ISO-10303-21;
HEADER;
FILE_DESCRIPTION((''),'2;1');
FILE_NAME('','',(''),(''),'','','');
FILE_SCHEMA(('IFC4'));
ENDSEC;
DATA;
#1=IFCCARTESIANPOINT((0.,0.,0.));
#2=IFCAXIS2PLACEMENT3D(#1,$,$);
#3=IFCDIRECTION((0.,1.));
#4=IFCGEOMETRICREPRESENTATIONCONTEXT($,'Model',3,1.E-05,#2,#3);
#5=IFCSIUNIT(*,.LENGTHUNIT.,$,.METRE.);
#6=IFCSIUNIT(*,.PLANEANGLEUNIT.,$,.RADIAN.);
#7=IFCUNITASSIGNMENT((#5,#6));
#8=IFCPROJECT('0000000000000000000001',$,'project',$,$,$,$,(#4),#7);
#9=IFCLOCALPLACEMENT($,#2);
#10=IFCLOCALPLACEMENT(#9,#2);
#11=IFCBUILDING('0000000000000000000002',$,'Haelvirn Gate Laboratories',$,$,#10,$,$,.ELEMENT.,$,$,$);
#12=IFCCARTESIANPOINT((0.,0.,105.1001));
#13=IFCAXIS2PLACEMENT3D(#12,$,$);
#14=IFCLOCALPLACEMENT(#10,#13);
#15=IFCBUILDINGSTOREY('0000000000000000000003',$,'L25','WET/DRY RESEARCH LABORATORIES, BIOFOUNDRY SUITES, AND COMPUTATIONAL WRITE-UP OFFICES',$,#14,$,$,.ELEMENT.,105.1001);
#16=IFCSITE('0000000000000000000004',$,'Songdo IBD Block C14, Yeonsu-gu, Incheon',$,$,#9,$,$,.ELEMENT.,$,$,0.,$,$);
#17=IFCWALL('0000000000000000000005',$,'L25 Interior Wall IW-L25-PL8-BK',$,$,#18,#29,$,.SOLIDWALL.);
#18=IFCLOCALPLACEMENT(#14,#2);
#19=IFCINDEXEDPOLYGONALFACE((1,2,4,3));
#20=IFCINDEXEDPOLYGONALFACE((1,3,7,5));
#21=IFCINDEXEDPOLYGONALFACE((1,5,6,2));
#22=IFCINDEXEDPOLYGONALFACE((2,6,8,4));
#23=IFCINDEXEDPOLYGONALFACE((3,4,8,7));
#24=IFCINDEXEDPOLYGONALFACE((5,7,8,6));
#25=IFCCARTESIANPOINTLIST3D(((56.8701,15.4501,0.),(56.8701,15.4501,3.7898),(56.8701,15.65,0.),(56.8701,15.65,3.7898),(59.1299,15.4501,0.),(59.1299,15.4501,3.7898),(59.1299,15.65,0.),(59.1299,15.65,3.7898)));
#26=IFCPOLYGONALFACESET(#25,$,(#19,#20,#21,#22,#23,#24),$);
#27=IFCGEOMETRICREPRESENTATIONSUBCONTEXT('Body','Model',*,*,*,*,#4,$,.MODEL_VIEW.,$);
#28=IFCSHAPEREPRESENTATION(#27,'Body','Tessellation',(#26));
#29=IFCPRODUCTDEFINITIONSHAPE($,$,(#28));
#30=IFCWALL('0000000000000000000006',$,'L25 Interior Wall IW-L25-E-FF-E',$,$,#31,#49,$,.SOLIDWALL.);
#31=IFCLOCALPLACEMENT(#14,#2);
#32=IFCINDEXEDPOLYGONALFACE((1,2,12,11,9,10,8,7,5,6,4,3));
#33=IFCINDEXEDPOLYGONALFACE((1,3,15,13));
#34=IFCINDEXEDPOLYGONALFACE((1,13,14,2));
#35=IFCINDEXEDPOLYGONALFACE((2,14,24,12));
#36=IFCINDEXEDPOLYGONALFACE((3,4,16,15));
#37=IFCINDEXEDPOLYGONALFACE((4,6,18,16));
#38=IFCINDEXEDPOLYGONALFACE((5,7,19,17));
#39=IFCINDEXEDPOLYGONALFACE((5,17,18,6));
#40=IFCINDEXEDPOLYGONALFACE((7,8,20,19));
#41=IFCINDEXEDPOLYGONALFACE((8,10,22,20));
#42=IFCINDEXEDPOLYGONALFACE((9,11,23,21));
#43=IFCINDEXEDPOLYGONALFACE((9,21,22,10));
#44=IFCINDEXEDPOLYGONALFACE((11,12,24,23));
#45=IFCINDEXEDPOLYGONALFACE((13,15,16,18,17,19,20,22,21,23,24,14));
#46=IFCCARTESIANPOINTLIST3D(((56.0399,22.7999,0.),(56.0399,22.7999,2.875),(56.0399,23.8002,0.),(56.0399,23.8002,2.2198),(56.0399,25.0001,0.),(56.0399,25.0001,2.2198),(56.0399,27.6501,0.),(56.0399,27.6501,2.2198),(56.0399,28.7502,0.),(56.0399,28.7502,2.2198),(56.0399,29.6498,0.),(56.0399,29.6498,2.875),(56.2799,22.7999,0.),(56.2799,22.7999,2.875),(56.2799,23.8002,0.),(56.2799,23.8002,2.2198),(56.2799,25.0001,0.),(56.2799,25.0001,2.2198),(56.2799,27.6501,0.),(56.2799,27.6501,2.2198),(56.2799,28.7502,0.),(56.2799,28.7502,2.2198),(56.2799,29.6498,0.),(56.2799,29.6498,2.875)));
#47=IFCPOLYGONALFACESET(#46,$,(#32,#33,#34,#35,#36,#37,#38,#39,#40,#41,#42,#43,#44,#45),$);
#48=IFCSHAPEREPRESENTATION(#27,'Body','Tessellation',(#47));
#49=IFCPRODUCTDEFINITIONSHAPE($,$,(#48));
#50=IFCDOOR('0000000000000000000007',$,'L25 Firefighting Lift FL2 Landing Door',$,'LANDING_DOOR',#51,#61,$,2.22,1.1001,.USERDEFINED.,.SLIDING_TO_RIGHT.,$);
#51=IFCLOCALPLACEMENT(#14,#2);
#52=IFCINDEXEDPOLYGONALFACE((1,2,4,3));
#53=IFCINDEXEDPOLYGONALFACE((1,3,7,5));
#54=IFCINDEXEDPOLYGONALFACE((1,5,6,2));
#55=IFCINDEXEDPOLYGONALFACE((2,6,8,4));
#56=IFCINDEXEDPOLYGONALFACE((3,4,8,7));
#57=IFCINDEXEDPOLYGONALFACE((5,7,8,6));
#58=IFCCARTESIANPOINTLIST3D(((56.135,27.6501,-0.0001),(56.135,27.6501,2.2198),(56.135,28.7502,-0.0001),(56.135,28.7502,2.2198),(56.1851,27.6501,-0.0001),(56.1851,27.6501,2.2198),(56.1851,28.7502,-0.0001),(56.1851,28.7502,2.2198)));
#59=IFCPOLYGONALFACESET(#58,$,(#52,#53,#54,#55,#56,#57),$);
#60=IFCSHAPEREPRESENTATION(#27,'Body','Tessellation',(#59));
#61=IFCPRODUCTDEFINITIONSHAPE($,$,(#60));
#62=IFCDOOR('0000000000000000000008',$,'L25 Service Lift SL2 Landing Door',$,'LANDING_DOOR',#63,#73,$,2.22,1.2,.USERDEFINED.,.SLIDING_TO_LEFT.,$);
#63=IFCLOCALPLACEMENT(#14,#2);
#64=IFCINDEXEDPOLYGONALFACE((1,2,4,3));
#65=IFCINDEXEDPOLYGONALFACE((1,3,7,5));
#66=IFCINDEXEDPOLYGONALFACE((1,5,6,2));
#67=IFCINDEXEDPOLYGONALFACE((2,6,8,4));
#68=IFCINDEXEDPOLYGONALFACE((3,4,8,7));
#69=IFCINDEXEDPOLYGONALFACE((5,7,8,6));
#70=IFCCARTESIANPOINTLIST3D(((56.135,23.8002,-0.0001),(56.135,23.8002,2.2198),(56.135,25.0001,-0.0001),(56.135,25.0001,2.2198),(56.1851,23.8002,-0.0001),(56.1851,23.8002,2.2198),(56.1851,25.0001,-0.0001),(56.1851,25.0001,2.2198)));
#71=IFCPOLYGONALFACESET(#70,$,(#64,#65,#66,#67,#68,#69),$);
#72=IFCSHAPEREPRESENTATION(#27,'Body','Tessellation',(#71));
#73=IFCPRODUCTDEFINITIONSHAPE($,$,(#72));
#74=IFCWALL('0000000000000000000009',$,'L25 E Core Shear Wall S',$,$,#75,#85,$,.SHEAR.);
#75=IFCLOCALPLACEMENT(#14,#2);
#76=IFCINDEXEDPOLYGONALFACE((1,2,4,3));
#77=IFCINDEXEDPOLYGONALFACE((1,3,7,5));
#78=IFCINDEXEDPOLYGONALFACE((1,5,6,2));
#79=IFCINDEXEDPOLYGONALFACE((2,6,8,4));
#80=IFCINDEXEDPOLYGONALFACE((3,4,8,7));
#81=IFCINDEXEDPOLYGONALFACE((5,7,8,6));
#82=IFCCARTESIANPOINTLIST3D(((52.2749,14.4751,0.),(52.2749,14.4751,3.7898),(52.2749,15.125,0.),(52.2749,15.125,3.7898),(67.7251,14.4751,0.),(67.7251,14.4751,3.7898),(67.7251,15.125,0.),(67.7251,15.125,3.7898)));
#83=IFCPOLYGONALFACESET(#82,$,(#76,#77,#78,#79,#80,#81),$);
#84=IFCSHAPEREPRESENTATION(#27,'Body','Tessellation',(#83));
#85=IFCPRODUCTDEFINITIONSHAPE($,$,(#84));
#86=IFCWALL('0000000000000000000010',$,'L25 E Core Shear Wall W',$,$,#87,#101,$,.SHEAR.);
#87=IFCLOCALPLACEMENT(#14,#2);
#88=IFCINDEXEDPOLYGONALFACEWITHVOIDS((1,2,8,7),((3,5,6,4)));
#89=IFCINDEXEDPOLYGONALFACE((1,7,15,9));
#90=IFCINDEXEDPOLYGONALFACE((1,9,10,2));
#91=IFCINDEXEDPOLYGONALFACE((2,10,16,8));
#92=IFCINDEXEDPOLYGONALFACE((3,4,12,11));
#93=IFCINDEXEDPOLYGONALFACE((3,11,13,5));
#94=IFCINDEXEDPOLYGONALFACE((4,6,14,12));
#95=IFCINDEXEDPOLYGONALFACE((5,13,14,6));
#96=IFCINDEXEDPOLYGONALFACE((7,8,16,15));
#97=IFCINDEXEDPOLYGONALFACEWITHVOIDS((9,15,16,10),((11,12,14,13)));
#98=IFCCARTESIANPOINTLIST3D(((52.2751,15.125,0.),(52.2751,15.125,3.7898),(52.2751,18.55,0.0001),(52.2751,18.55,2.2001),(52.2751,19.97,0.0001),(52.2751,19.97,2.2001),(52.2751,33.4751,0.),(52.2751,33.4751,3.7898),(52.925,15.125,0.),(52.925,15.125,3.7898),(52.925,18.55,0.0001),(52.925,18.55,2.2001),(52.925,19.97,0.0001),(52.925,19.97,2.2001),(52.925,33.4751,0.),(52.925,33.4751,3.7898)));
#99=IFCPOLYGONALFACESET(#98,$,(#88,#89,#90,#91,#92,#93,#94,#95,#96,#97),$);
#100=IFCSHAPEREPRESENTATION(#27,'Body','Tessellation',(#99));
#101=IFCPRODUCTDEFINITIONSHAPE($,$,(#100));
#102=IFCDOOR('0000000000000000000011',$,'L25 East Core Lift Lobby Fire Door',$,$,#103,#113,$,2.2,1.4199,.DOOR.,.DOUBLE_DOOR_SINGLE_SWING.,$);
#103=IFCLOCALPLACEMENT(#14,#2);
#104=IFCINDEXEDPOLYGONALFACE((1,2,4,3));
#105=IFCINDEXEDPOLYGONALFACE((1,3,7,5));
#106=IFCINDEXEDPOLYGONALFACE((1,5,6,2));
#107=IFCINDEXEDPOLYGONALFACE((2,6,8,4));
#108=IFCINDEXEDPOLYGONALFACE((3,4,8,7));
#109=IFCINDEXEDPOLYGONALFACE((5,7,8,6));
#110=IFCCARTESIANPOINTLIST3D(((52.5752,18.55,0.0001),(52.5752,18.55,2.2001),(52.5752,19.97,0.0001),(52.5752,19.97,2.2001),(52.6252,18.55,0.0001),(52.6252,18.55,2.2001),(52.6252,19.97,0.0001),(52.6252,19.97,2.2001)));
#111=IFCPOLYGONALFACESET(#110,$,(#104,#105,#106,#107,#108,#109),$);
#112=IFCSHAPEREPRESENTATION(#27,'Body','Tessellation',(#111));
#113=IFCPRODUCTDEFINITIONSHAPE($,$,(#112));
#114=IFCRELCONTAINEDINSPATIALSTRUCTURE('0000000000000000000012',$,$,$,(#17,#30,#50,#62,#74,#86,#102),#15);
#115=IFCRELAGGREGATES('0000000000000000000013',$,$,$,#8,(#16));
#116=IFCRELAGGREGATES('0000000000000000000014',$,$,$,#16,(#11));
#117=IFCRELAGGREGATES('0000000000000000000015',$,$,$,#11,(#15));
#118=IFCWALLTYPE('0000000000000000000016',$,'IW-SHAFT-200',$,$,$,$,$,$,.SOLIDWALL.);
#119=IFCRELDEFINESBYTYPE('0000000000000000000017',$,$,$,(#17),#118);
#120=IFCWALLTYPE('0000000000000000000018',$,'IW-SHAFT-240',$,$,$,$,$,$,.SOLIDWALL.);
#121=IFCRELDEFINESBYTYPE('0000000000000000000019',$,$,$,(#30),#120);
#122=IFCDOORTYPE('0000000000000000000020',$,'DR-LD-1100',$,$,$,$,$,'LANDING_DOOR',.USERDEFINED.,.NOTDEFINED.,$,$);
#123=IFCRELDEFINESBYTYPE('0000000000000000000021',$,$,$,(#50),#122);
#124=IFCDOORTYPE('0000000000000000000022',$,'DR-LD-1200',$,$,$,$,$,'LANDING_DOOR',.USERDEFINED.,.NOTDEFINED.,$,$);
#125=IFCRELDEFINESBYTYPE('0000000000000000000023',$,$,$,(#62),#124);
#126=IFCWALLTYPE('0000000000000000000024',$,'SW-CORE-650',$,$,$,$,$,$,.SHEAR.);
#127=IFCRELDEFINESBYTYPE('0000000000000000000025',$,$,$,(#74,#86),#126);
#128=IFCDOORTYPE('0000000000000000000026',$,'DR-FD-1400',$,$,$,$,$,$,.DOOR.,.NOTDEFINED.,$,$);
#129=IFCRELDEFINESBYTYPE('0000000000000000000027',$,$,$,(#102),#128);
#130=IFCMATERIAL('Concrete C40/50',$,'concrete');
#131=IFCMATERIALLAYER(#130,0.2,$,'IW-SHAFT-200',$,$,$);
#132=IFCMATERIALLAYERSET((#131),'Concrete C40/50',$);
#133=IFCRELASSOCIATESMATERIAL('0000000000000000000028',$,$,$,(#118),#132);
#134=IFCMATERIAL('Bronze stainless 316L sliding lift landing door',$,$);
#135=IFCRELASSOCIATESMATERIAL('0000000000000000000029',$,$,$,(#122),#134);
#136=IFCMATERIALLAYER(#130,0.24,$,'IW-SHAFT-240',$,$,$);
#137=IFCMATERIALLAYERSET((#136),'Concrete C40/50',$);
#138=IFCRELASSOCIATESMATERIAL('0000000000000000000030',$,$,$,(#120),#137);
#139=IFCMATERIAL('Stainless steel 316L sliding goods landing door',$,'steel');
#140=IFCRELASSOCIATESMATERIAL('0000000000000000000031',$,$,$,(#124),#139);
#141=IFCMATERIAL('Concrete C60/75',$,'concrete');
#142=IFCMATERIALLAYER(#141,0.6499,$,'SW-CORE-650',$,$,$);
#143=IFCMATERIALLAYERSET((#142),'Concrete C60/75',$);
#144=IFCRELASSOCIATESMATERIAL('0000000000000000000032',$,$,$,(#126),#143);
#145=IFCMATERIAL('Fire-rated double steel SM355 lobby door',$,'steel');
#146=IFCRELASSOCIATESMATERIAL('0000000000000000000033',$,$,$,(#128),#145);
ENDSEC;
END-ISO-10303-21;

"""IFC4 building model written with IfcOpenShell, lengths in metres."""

from ifc_helpers import new_model, si_unit, direction, frame, frame_2d, origin, place, context, subcontext, project, spatial, rectangle, extrude, source, transform, mapped, material, layer, layer_set, type_object, type_shapes, element, fill, save


model = new_model("IFC4")

# Units and contexts
model_context = context("Model", 3, precision=1e-05, world=origin(), true_north=direction((0.0, 1.0)))
body_context = subcontext(model_context, "Body", "Model", "MODEL_VIEW")
ifc_project = project(units=[si_unit("LENGTHUNIT", "METRE"), si_unit("PLANEANGLEUNIT", "RADIAN")], contexts=[model_context])

# Site, building, storey
site_placement = place(None, origin())
site = spatial("IfcSite", under=ifc_project, at=site_placement, Name="Songdo IBD Block C14, Yeonsu-gu, Incheon", CompositionType="ELEMENT", RefElevation=0.0)
building_placement = place(site_placement, origin())
building = spatial("IfcBuilding", under=site, at=building_placement, Name="Haelvirn Gate Laboratories", CompositionType="ELEMENT")
storey_placement = place(building_placement, frame((0.0, 0.0, 105.1001)))
storey = spatial("IfcBuildingStorey", under=building, at=storey_placement, Name="L25", Description="WET/DRY RESEARCH LABORATORIES, BIOFOUNDRY SUITES, AND COMPUTATIONAL WRITE-UP OFFICES", CompositionType="ELEMENT", Elevation=105.1001)

# Shared definitions
ifc_material_1 = material(Name="Concrete C60/75", Category="concrete")

# Shared definitions
ifc_material_2 = material(Name="Concrete C40/50", Category="concrete")

# Shared definitions
ifc_layer_1 = layer(ifc_material_2, 0.2, Name="IW-SHAFT-200")
ifc_layer_set_1 = layer_set([ifc_layer_1], Name="Concrete C40/50")
wall_type_1 = type_object("IfcWallType", Name="IW-SHAFT-200", PredefinedType="SOLIDWALL", material=ifc_layer_set_1)
ifc_material_3 = material(Name="Bronze stainless 316L sliding lift landing door")
door_type_1 = type_object("IfcDoorType", Name="DR-LD-1100", ElementType="LANDING_DOOR", OperationType="NOTDEFINED", PredefinedType="USERDEFINED", material=ifc_material_3)
shared_shape_1 = source(origin(), body_context, "Body", "SweptSolid", [
    extrude(rectangle(XDim=1.1001, YDim=2.22, at=frame_2d((0.55, 1.1099))), frame((0.0, 0.0249, 0.0), z_axis=(0.0, -1.0, 0.0), x_axis=(1.0, 0.0, 0.0)), (0.0, 0.0, 1.0), 0.05),
])
type_shapes(door_type_1, [shared_shape_1])

# Wall
wall_1_placement = place(storey_placement, frame((56.8701, 15.55, 0.0), z_axis=(0.0, 0.0, 1.0), x_axis=(1.0, 0.0, 0.0)))
element("IfcWall", 1, at=wall_1_placement, inside=storey, type_object=wall_type_1, Name="L25 Interior Wall IW-L25-PL8-BK", PredefinedType="SOLIDWALL", context=body_context, shape_type="SweptSolid", body=[
    extrude(rectangle(XDim=2.2598, YDim=0.2, at=frame_2d((1.1299, 0.0))), origin(), (0.0, 0.0, 1.0), 3.7898),
])

# Wall, openings, doors
ifc_layer_2 = layer(ifc_material_2, 0.24, Name="IW-SHAFT-240")
ifc_layer_set_2 = layer_set([ifc_layer_2], Name="Concrete C40/50")
wall_type_2 = type_object("IfcWallType", Name="IW-SHAFT-240", PredefinedType="SOLIDWALL", material=ifc_layer_set_2)
wall_2_placement = place(storey_placement, frame((56.1599, 22.8, 0.0), z_axis=(0.0, 0.0, 1.0), x_axis=(0.0, 1.0, 0.0)))
wall_2 = element("IfcWall", 2, at=wall_2_placement, inside=storey, type_object=wall_type_2, Name="L25 Interior Wall IW-L25-E-FF-E", PredefinedType="SOLIDWALL", context=body_context, shape_type="SweptSolid", body=[
    extrude(rectangle(XDim=6.8499, YDim=0.24, at=frame_2d((3.4248, 0.0))), origin(), (0.0, 0.0, 1.0), 2.875),
])
opening_1_placement = place(wall_2_placement, frame((4.8501, 0.0, 0.0)))
opening_1 = element("IfcOpeningElement", 3, at=opening_1_placement, cuts=wall_2, PredefinedType="OPENING", context=body_context, shape_type="SweptSolid", body=[
    extrude(rectangle(XDim=1.1001, YDim=2.22, at=frame_2d((0.55, 1.1099))), frame((0.0, 0.1299, 0.0), z_axis=(0.0, -1.0, 0.0), x_axis=(1.0, 0.0, 0.0)), (0.0, 0.0, 1.0), 0.26),
])
opening_2_placement = place(wall_2_placement, frame((1.0, 0.0, 0.0)))
opening_2 = element("IfcOpeningElement", 4, at=opening_2_placement, cuts=wall_2, PredefinedType="OPENING", context=body_context, shape_type="SweptSolid", body=[
    extrude(rectangle(XDim=1.2, YDim=2.22, at=frame_2d((0.6001, 1.1099))), frame((0.0, 0.1299, 0.0), z_axis=(0.0, -1.0, 0.0), x_axis=(1.0, 0.0, 0.0)), (0.0, 0.0, 1.0), 0.26),
])
door_1_placement = place(opening_1_placement, origin())
door_1 = element("IfcDoor", 5, at=door_1_placement, inside=storey, type_object=door_type_1, Name="L25 Firefighting Lift FL2 Landing Door", ObjectType="LANDING_DOOR", OperationType="SLIDING_TO_RIGHT", OverallHeight=2.22, OverallWidth=1.1001, PredefinedType="USERDEFINED", context=body_context, shape_type="MappedRepresentation", body=[
    mapped(shared_shape_1, transform((0.0, 0.0, 0.0), scale=1.0)),
])
fill(opening_1, door_1)
ifc_material_4 = material(Name="Stainless steel 316L sliding goods landing door", Category="steel")
door_type_2 = type_object("IfcDoorType", Name="DR-LD-1200", ElementType="LANDING_DOOR", OperationType="NOTDEFINED", PredefinedType="USERDEFINED", material=ifc_material_4)
shared_shape_2 = source(origin(), body_context, "Body", "SweptSolid", [
    extrude(rectangle(XDim=1.2, YDim=2.22, at=frame_2d((0.6001, 1.1099))), frame((0.0, 0.0249, 0.0), z_axis=(0.0, -1.0, 0.0), x_axis=(1.0, 0.0, 0.0)), (0.0, 0.0, 1.0), 0.05),
])
type_shapes(door_type_2, [shared_shape_2])
door_2_placement = place(opening_2_placement, origin())
door_2 = element("IfcDoor", 6, at=door_2_placement, inside=storey, type_object=door_type_2, Name="L25 Service Lift SL2 Landing Door", ObjectType="LANDING_DOOR", OperationType="SLIDING_TO_LEFT", OverallHeight=2.22, OverallWidth=1.2, PredefinedType="USERDEFINED", context=body_context, shape_type="MappedRepresentation", body=[
    mapped(shared_shape_2, transform((0.0, 0.0, 0.0), scale=1.0)),
])
fill(opening_2, door_2)

# Wall
ifc_layer_3 = layer(ifc_material_1, 0.6499, Name="SW-CORE-650")
ifc_layer_set_3 = layer_set([ifc_layer_3], Name="Concrete C60/75")
wall_type_3 = type_object("IfcWallType", Name="SW-CORE-650", PredefinedType="SHEAR", material=ifc_layer_set_3)
wall_3_placement = place(storey_placement, frame((52.2749, 14.8, 0.0), z_axis=(0.0, 0.0, 1.0), x_axis=(1.0, 0.0, 0.0)))
element("IfcWall", 7, at=wall_3_placement, inside=storey, type_object=wall_type_3, Name="L25 E Core Shear Wall S", PredefinedType="SHEAR", context=body_context, shape_type="SweptSolid", body=[
    extrude(rectangle(XDim=15.4502, YDim=0.6499, at=frame_2d((7.7251, 0.0))), origin(), (0.0, 0.0, 1.0), 3.7898),
])

# Wall, opening, door
wall_4_placement = place(storey_placement, frame((52.6001, 15.125, 0.0), z_axis=(0.0, 0.0, 1.0), x_axis=(0.0, 1.0, 0.0)))
wall_4 = element("IfcWall", 8, at=wall_4_placement, inside=storey, type_object=wall_type_3, Name="L25 E Core Shear Wall W", PredefinedType="SHEAR", context=body_context, shape_type="SweptSolid", body=[
    extrude(rectangle(XDim=18.3501, YDim=0.6499, at=frame_2d((9.175, 0.0))), origin(), (0.0, 0.0, 1.0), 3.7898),
])
opening_3_placement = place(wall_4_placement, frame((3.425, 0.0, 0.0)))
opening_3 = element("IfcOpeningElement", 9, at=opening_3_placement, cuts=wall_4, PredefinedType="OPENING", context=body_context, shape_type="SweptSolid", body=[
    extrude(rectangle(XDim=1.4199, YDim=2.2, at=frame_2d((0.71, 1.1001))), frame((0.0, 0.335, 0.0), z_axis=(0.0, -1.0, 0.0), x_axis=(1.0, 0.0, 0.0)), (0.0, 0.0, 1.0), 0.6699),
])
ifc_material_5 = material(Name="Fire-rated double steel SM355 lobby door", Category="steel")
door_type_3 = type_object("IfcDoorType", Name="DR-FD-1400", OperationType="NOTDEFINED", PredefinedType="DOOR", material=ifc_material_5)
shared_shape_3 = source(origin(), body_context, "Body", "SweptSolid", [
    extrude(rectangle(XDim=1.4199, YDim=2.2, at=frame_2d((0.71, 1.1001))), frame((0.0, 0.0249, 0.0), z_axis=(0.0, -1.0, 0.0), x_axis=(1.0, 0.0, 0.0)), (0.0, 0.0, 1.0), 0.05),
])
type_shapes(door_type_3, [shared_shape_3])
door_3_placement = place(opening_3_placement, origin())
door_3 = element("IfcDoor", 10, at=door_3_placement, inside=storey, type_object=door_type_3, Name="L25 East Core Lift Lobby Fire Door", OperationType="DOUBLE_DOOR_SINGLE_SWING", OverallHeight=2.2, OverallWidth=1.4199, PredefinedType="DOOR", context=body_context, shape_type="MappedRepresentation", body=[
    mapped(shared_shape_3, transform((0.0, 0.0, 0.0), scale=1.0)),
])
fill(opening_3, door_3)

save(model, "model.ifc")
